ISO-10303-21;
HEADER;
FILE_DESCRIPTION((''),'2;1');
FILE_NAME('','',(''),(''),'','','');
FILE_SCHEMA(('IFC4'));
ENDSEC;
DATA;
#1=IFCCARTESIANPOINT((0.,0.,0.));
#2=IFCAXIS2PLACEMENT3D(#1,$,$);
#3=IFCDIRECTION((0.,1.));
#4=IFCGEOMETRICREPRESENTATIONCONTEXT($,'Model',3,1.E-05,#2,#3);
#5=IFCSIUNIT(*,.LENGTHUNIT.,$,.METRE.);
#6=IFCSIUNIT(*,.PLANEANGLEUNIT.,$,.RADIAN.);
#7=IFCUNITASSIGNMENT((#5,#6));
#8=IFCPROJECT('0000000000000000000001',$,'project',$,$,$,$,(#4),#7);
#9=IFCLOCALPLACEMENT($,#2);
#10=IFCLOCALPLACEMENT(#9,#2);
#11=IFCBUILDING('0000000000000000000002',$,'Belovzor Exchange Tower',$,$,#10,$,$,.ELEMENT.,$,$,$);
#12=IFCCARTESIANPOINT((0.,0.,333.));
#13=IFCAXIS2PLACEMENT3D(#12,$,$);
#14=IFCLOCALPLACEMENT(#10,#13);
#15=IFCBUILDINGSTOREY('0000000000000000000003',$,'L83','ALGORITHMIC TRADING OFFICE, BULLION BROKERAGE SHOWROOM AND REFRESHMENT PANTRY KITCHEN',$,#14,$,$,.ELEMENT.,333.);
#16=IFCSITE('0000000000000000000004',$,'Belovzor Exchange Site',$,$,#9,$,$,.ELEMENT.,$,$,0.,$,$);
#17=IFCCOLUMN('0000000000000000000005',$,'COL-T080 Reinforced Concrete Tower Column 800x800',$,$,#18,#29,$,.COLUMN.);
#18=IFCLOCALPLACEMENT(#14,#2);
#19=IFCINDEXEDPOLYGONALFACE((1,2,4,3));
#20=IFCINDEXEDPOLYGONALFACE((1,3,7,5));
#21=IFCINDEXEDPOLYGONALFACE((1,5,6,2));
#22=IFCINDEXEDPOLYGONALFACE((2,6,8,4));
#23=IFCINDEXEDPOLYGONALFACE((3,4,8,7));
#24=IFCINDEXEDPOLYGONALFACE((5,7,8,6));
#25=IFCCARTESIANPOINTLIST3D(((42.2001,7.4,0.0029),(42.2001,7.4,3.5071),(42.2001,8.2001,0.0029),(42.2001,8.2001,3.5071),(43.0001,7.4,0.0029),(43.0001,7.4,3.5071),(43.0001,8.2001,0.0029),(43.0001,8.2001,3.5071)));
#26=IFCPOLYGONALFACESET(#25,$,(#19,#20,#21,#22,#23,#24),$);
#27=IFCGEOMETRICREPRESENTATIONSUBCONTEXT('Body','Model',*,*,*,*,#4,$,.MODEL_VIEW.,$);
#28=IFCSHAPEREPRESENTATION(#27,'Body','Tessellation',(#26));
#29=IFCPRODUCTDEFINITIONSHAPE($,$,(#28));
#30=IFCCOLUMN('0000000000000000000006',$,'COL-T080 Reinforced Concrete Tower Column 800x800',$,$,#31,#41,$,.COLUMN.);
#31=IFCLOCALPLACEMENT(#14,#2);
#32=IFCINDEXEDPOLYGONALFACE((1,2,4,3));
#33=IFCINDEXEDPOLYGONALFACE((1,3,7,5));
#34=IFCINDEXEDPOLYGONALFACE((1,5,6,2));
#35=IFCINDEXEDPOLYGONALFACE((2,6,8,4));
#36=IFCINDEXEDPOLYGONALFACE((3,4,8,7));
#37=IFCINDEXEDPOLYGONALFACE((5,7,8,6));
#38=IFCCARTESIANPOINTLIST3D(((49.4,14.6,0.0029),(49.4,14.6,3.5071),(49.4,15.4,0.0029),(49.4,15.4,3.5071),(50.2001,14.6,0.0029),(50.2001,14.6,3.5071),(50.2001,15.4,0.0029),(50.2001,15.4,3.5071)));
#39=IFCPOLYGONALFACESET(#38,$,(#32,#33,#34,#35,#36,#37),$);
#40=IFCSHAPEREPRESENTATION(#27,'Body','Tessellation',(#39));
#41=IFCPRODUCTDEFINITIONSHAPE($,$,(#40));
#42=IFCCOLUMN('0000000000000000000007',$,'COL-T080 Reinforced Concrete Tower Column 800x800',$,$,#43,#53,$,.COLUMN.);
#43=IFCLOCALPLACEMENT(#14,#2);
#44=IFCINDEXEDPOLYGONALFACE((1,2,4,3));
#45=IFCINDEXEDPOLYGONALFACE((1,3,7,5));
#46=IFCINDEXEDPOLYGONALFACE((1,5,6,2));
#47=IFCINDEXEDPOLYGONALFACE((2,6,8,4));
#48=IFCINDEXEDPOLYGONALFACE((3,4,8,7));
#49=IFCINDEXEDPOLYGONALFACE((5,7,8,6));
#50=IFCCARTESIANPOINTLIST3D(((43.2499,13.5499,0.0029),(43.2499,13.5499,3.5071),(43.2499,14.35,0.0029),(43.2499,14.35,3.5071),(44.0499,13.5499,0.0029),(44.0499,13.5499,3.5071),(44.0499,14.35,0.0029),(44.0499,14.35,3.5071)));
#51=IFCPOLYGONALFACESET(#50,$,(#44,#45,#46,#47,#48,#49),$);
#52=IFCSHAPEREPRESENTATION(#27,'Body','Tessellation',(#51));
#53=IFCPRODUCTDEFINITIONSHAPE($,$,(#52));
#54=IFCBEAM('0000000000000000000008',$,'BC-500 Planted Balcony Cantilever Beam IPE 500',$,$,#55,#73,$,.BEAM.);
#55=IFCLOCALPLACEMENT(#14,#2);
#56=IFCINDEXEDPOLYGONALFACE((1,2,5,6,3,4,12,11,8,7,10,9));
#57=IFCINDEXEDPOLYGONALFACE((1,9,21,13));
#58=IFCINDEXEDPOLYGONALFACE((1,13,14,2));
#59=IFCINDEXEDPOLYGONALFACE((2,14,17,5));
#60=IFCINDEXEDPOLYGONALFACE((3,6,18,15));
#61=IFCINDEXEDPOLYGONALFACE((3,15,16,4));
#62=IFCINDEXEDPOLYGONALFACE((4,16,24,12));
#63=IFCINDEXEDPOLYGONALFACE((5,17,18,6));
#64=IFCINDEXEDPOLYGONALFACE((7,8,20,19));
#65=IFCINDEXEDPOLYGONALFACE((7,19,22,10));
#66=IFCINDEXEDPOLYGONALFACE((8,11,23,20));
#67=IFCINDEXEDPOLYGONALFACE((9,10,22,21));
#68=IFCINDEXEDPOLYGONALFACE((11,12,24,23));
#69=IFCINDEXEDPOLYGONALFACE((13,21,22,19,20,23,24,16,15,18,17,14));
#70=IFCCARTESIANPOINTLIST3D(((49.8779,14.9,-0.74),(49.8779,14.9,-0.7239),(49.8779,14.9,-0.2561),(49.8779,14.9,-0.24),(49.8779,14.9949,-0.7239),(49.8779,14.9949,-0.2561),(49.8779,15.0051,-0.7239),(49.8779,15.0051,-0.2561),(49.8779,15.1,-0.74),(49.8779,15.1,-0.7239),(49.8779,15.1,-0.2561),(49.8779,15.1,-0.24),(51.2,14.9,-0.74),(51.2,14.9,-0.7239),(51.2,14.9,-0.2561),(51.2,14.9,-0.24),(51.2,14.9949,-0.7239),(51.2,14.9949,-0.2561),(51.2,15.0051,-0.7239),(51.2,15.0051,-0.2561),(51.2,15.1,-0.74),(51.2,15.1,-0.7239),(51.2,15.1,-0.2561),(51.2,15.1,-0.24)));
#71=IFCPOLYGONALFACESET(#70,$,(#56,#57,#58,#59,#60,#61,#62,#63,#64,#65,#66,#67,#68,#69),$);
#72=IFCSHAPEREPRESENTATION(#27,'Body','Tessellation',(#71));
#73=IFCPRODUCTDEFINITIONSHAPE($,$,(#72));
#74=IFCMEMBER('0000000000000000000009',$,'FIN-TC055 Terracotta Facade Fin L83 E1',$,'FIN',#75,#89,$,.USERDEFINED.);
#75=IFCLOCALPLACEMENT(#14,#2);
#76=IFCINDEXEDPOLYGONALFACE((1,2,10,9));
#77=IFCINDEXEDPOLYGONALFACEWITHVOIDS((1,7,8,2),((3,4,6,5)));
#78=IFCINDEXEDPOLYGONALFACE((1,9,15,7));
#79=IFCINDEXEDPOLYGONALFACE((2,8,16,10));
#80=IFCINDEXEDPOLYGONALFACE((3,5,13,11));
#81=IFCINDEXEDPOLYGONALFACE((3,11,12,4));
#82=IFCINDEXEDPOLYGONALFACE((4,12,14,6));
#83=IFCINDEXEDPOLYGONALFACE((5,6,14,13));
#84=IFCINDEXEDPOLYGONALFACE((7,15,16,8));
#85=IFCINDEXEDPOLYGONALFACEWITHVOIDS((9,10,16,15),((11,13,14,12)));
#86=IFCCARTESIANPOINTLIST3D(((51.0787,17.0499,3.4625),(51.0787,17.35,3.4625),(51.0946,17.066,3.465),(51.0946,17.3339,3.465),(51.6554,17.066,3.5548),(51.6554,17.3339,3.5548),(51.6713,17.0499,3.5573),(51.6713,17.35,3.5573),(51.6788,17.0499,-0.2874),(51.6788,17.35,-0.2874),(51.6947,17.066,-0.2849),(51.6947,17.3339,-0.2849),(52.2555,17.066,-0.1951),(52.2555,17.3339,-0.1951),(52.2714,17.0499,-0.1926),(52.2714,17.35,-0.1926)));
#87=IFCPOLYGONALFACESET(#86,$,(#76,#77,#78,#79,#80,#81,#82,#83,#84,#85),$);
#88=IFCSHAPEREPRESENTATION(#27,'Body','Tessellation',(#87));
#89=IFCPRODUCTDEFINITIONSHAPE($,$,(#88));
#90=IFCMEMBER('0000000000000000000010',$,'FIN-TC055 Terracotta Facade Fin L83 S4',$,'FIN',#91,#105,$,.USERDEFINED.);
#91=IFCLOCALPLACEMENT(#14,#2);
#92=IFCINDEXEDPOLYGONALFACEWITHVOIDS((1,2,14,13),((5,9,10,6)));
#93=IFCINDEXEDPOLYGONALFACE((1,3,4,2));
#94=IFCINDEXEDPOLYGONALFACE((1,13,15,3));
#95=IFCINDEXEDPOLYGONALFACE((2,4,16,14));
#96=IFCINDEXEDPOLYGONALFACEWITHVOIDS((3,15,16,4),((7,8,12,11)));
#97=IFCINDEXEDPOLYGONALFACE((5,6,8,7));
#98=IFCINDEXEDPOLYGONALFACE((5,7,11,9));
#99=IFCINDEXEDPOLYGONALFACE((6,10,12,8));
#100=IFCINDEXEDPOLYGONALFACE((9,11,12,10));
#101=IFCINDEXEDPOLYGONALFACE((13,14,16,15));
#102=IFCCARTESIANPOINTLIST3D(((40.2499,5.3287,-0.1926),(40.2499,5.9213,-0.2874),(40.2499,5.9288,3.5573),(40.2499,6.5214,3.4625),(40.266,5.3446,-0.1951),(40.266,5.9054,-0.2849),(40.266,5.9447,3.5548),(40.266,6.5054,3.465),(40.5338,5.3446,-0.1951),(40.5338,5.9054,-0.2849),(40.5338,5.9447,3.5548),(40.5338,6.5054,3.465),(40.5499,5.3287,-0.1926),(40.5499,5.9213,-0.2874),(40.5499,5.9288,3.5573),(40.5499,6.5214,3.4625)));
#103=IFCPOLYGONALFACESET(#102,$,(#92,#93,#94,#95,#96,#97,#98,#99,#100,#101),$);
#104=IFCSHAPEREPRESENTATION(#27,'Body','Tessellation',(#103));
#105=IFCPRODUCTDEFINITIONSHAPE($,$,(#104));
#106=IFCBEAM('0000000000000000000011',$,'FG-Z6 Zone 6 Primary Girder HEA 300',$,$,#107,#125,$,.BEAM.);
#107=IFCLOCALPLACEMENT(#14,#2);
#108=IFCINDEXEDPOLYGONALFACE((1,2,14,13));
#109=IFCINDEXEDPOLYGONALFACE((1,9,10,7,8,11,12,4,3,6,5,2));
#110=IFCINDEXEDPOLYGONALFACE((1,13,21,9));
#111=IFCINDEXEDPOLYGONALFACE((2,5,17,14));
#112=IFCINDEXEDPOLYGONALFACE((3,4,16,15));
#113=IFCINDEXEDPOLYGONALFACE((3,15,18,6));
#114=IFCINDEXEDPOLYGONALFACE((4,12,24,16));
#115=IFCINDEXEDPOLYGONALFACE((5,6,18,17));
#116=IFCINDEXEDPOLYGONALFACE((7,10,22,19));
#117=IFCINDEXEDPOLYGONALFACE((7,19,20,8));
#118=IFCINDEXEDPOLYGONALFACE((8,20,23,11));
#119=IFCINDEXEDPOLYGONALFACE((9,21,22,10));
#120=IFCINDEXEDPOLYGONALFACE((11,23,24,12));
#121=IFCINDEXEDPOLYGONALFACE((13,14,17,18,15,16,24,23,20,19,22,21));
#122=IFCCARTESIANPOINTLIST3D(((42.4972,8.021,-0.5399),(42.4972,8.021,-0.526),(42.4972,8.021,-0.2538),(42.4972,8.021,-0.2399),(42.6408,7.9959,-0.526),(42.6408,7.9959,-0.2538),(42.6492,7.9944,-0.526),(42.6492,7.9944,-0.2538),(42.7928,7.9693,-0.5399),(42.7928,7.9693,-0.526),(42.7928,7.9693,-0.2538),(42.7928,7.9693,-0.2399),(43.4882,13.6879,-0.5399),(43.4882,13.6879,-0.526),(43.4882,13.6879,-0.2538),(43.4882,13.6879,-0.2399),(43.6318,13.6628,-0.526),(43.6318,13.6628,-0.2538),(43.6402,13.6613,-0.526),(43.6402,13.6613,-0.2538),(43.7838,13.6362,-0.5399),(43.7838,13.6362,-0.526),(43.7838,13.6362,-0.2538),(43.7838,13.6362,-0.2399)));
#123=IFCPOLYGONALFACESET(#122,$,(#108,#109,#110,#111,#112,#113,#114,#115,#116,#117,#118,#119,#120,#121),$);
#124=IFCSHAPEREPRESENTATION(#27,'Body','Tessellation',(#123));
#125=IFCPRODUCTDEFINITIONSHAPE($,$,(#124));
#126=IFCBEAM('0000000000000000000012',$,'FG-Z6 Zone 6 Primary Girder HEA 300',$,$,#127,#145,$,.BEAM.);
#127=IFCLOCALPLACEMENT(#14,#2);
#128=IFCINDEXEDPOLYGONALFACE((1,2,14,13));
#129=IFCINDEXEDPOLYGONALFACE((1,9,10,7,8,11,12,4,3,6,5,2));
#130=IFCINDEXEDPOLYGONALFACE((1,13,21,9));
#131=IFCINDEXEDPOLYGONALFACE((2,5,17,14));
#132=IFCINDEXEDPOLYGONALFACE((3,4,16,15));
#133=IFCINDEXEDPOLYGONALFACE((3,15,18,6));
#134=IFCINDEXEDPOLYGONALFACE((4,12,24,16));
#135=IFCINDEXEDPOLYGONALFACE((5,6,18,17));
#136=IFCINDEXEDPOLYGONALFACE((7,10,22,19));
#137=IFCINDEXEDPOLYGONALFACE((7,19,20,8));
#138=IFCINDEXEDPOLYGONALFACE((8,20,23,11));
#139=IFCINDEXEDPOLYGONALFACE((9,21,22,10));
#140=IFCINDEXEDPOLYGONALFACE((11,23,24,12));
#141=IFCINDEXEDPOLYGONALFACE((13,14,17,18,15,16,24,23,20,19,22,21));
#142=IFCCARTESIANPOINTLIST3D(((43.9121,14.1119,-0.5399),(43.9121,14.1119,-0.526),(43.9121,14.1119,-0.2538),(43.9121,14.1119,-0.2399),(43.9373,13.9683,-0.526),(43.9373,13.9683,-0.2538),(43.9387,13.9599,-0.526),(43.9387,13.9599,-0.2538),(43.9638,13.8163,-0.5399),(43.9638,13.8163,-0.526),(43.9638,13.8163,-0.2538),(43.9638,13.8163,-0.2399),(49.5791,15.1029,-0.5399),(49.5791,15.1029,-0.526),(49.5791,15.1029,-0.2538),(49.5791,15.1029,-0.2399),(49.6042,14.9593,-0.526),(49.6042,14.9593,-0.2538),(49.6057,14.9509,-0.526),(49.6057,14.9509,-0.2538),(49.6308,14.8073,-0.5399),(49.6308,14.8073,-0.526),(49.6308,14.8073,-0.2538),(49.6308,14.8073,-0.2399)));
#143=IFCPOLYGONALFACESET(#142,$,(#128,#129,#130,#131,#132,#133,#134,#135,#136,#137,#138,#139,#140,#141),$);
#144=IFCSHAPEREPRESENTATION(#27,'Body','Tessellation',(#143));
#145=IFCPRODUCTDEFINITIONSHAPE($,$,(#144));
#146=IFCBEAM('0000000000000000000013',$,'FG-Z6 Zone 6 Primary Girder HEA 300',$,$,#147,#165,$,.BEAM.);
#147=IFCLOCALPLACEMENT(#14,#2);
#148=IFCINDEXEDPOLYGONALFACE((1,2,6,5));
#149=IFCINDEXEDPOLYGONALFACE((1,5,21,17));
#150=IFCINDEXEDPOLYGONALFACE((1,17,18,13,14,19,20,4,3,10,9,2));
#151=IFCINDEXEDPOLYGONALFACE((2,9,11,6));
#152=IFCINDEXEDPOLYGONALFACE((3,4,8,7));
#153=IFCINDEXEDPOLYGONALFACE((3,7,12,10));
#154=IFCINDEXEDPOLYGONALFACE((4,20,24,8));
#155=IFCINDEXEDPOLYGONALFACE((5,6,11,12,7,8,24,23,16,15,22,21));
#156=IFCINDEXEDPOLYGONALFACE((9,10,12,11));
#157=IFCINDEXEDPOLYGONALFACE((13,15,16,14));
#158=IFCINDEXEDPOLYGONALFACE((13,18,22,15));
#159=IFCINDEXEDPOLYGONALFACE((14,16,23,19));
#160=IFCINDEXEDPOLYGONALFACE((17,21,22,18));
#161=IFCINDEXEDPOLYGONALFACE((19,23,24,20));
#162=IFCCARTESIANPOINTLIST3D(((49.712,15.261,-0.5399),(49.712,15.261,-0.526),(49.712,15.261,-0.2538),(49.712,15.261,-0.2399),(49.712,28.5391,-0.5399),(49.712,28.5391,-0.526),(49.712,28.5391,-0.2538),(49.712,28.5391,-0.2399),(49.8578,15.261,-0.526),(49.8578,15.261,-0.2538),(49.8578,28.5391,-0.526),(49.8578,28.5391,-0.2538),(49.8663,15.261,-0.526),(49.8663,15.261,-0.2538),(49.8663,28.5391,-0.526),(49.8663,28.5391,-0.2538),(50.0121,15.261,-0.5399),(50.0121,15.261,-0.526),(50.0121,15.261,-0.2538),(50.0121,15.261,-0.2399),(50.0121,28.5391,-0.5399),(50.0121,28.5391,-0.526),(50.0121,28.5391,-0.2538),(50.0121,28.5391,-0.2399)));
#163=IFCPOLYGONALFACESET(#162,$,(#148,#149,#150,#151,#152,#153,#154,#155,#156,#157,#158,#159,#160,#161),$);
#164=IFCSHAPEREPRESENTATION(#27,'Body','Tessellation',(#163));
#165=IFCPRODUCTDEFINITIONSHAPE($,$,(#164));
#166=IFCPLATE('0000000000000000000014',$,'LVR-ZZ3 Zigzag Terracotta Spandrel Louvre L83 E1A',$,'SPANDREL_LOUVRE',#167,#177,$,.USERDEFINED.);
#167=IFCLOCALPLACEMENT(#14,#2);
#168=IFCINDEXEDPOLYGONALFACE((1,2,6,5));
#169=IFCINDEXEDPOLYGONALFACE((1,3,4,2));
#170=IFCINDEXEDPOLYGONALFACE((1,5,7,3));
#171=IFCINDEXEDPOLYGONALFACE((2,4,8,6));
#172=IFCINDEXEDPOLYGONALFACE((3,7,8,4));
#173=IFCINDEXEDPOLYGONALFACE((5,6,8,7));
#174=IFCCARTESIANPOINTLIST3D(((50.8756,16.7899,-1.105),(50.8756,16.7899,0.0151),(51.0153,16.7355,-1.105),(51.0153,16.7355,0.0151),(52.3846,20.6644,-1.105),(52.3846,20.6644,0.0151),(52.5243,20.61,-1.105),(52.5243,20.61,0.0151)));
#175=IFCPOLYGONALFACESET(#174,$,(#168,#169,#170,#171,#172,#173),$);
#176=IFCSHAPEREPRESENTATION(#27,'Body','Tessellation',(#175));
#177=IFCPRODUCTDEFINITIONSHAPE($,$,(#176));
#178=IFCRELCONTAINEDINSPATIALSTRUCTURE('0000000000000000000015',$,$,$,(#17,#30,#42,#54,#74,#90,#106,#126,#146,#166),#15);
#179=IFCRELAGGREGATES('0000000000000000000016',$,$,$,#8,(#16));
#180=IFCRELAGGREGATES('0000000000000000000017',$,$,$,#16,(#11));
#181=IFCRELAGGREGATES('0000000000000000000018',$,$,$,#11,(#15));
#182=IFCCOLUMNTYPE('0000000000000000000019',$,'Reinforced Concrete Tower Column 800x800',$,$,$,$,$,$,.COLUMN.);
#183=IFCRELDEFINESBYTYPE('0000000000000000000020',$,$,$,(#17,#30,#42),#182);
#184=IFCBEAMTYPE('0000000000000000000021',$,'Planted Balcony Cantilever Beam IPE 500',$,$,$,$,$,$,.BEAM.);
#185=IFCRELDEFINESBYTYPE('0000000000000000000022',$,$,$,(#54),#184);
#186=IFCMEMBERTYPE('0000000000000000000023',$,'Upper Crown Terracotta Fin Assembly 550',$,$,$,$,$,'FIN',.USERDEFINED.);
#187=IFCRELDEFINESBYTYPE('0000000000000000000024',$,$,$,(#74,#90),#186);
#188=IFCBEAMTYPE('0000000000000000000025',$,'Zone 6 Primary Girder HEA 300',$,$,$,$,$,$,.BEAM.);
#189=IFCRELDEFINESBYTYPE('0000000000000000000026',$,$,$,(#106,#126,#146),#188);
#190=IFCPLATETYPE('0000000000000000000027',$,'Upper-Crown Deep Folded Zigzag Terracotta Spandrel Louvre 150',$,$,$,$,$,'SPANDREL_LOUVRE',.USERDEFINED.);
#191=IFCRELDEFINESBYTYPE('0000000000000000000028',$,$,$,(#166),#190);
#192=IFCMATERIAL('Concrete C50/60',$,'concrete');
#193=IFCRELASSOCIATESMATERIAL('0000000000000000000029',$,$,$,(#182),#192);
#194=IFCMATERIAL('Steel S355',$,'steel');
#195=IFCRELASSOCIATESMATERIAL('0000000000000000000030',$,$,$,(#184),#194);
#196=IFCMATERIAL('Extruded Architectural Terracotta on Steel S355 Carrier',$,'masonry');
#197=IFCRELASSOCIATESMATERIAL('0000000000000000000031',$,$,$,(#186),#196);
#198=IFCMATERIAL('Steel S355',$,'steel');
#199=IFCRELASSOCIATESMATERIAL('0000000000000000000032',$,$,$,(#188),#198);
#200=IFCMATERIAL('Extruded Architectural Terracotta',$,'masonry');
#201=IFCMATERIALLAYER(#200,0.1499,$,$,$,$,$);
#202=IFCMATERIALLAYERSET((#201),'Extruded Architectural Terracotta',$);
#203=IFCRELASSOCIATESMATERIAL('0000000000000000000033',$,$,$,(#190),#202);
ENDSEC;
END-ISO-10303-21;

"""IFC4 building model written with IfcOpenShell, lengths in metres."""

from ifc_helpers import new_model, si_unit, direction, frame, origin, origin_2d, place, context, subcontext, project, spatial, rectangle, hollow_rectangle, i_section, extrude, material, layer, layer_set, material_profile, profile_set, type_object, element, save


model = new_model("IFC4")

# Units and contexts
model_context = context("Model", 3, precision=1e-05, world=origin(), true_north=direction((0.0, 1.0)))
body_context = subcontext(model_context, "Body", "Model", "MODEL_VIEW")
ifc_project = project(units=[si_unit("LENGTHUNIT", "METRE"), si_unit("PLANEANGLEUNIT", "RADIAN")], contexts=[model_context])

# Site, building, storey
site_placement = place(None, origin())
site = spatial("IfcSite", under=ifc_project, at=site_placement, Name="Belovzor Exchange Site", CompositionType="ELEMENT", RefElevation=0.0)
building_placement = place(site_placement, origin())
building = spatial("IfcBuilding", under=site, at=building_placement, Name="Belovzor Exchange Tower", CompositionType="ELEMENT")
storey_placement = place(building_placement, frame((0.0, 0.0, 333.0)))
storey = spatial("IfcBuildingStorey", under=building, at=storey_placement, Name="L83", Description="ALGORITHMIC TRADING OFFICE, BULLION BROKERAGE SHOWROOM AND REFRESHMENT PANTRY KITCHEN", CompositionType="ELEMENT", Elevation=333.0)

# Columns
ifc_material_1 = material(Name="Concrete C50/60", Category="concrete")
ifc_material_profile_1 = material_profile(ifc_material_1, rectangle(XDim=0.8, YDim=0.8, at=origin_2d()))
ifc_profile_set_1 = profile_set([ifc_material_profile_1], Name="Concrete C50/60")
column_type = type_object("IfcColumnType", Name="Reinforced Concrete Tower Column 800x800", PredefinedType="COLUMN", material=ifc_profile_set_1)
for number, where, z_axis, x_axis, name in (
    (1, (42.6001, 7.8, 0.0029), (0.0, 0.0, 1.0), (1.0, 0.0, 0.0), "COL-T080 Reinforced Concrete Tower Column 800x800"),
    (2, (49.8, 15.0, 0.0029), (0.0, 0.0, 1.0), (1.0, 0.0, 0.0), "COL-T080 Reinforced Concrete Tower Column 800x800"),
    (3, (43.6499, 13.95, 0.0029), (0.0, 0.0, 1.0), (1.0, 0.0, 0.0), "COL-T080 Reinforced Concrete Tower Column 800x800"),
):
    element("IfcColumn", number, at=place(storey_placement, frame(where, z_axis=z_axis, x_axis=x_axis)), inside=storey, type_object=column_type, Name=name, PredefinedType="COLUMN", context=body_context, shape_type="SweptSolid", body=[
        extrude(rectangle(XDim=0.8, YDim=0.8, at=origin_2d()), origin(), (0.0, 0.0, 1.0), 3.5042),
    ])

# Beam
ifc_material_2 = material(Name="Steel S355", Category="steel")
ifc_material_profile_2 = material_profile(ifc_material_2, i_section(OverallWidth=0.2, OverallDepth=0.5, WebThickness=0.0103, FlangeThickness=0.0161, at=origin_2d()))
ifc_profile_set_2 = profile_set([ifc_material_profile_2], Name="Steel S355")
beam_type_1 = type_object("IfcBeamType", Name="Planted Balcony Cantilever Beam IPE 500", PredefinedType="BEAM", material=ifc_profile_set_2)
beam_1_placement = place(storey_placement, frame((49.8779, 15.0, -0.49), z_axis=(1.0, 0.0, 0.0), x_axis=(0.0, 1.0, 0.0)))
element("IfcBeam", 4, at=beam_1_placement, inside=storey, type_object=beam_type_1, Name="BC-500 Planted Balcony Cantilever Beam IPE 500", PredefinedType="BEAM", context=body_context, shape_type="SweptSolid", body=[
    extrude(i_section(OverallWidth=0.2, OverallDepth=0.5, WebThickness=0.0103, FlangeThickness=0.0161, at=origin_2d()), origin(), (0.0, 0.0, 1.0), 1.322),
])

# Members
ifc_material_3 = material(Name="Extruded Architectural Terracotta on Steel S355 Carrier", Category="masonry")
ifc_material_profile_3 = material_profile(ifc_material_3, hollow_rectangle(XDim=0.3, YDim=0.6001, WallThickness=0.0161, at=origin_2d()))
ifc_profile_set_3 = profile_set([ifc_material_profile_3], Name="Extruded Architectural Terracotta on Steel S355 Carrier")
member_type = type_object("IfcMemberType", Name="Upper Crown Terracotta Fin Assembly 550", ElementType="FIN", PredefinedType="USERDEFINED", material=ifc_profile_set_3)
for number, where, z_axis, x_axis, name in (
    (5, (51.9751, 17.2, -0.24), (-0.158016, 0.0, 0.987437), (0.0, -1.0, 0.0), "FIN-TC055 Terracotta Facade Fin L83 E1"),
    (6, (40.3999, 5.625, -0.24), (0.0, 0.158016, 0.987437), (-1.0, 0.0, 0.0), "FIN-TC055 Terracotta Facade Fin L83 S4"),
):
    element("IfcMember", number, at=place(storey_placement, frame(where, z_axis=z_axis, x_axis=x_axis)), inside=storey, type_object=member_type, Name=name, ObjectType="FIN", PredefinedType="USERDEFINED", context=body_context, shape_type="SweptSolid", body=[
        extrude(hollow_rectangle(XDim=0.3, YDim=0.6001, WallThickness=0.0161, at=origin_2d()), origin(), (0.0, 0.0, 1.0), 3.7976),
    ])

# Beams
ifc_material_4 = material(Name="Steel S355", Category="steel")
ifc_material_profile_4 = material_profile(ifc_material_4, i_section(OverallWidth=0.3, OverallDepth=0.3, WebThickness=0.0085, FlangeThickness=0.0139, at=origin_2d()))
ifc_profile_set_4 = profile_set([ifc_material_profile_4], Name="Steel S355")
beam_type_2 = type_object("IfcBeamType", Name="Zone 6 Primary Girder HEA 300", PredefinedType="BEAM", material=ifc_profile_set_4)
for number, where, z_axis, x_axis, name in (
    (7, (42.645, 7.9951, -0.3899), (0.172253, 0.985053, 0.0), (-0.985053, 0.172253, 0.0), "FG-Z6 Zone 6 Primary Girder HEA 300"),
    (8, (43.938, 13.9641, -0.3899), (0.985053, 0.172253, 0.0), (-0.172253, 0.985053, 0.0), "FG-Z6 Zone 6 Primary Girder HEA 300"),
):
    element("IfcBeam", number, at=place(storey_placement, frame(where, z_axis=z_axis, x_axis=x_axis)), inside=storey, type_object=beam_type_2, Name=name, PredefinedType="BEAM", context=body_context, shape_type="SweptSolid", body=[
        extrude(i_section(OverallWidth=0.3, OverallDepth=0.3, WebThickness=0.0085, FlangeThickness=0.0139, at=origin_2d()), origin(), (0.0, 0.0, 1.0), 5.7529),
    ])
beam_2_placement = place(storey_placement, frame((49.8621, 15.261, -0.3899), z_axis=(0.0, 1.0, 0.0), x_axis=(-1.0, 0.0, 0.0)))
element("IfcBeam", 9, at=beam_2_placement, inside=storey, type_object=beam_type_2, Name="FG-Z6 Zone 6 Primary Girder HEA 300", PredefinedType="BEAM", context=body_context, shape_type="SweptSolid", body=[
    extrude(i_section(OverallWidth=0.3, OverallDepth=0.3, WebThickness=0.0085, FlangeThickness=0.0139, at=origin_2d()), origin(), (0.0, 0.0, 1.0), 13.2781),
])

# Plate
ifc_material_5 = material(Name="Extruded Architectural Terracotta", Category="masonry")
ifc_layer_1 = layer(ifc_material_5, 0.1499)
ifc_layer_set_1 = layer_set([ifc_layer_1], Name="Extruded Architectural Terracotta")
plate_type = type_object("IfcPlateType", Name="Upper-Crown Deep Folded Zigzag Terracotta Spandrel Louvre 150", ElementType="SPANDREL_LOUVRE", PredefinedType="USERDEFINED", material=ifc_layer_set_1)
plate_placement = place(storey_placement, frame((51.7, 18.7, -1.105), z_axis=(0.0, 0.0, 1.0), x_axis=(0.362926, 0.931818, 0.0)))
element("IfcPlate", 10, at=plate_placement, inside=storey, type_object=plate_type, Name="LVR-ZZ3 Zigzag Terracotta Spandrel Louvre L83 E1A", ObjectType="SPANDREL_LOUVRE", PredefinedType="USERDEFINED", context=body_context, shape_type="SweptSolid", body=[
    extrude(rectangle(XDim=4.158, YDim=0.1499, at=origin_2d()), origin(), (0.0, 0.0, 1.0), 1.1201),
])

save(model, "model.ifc")
